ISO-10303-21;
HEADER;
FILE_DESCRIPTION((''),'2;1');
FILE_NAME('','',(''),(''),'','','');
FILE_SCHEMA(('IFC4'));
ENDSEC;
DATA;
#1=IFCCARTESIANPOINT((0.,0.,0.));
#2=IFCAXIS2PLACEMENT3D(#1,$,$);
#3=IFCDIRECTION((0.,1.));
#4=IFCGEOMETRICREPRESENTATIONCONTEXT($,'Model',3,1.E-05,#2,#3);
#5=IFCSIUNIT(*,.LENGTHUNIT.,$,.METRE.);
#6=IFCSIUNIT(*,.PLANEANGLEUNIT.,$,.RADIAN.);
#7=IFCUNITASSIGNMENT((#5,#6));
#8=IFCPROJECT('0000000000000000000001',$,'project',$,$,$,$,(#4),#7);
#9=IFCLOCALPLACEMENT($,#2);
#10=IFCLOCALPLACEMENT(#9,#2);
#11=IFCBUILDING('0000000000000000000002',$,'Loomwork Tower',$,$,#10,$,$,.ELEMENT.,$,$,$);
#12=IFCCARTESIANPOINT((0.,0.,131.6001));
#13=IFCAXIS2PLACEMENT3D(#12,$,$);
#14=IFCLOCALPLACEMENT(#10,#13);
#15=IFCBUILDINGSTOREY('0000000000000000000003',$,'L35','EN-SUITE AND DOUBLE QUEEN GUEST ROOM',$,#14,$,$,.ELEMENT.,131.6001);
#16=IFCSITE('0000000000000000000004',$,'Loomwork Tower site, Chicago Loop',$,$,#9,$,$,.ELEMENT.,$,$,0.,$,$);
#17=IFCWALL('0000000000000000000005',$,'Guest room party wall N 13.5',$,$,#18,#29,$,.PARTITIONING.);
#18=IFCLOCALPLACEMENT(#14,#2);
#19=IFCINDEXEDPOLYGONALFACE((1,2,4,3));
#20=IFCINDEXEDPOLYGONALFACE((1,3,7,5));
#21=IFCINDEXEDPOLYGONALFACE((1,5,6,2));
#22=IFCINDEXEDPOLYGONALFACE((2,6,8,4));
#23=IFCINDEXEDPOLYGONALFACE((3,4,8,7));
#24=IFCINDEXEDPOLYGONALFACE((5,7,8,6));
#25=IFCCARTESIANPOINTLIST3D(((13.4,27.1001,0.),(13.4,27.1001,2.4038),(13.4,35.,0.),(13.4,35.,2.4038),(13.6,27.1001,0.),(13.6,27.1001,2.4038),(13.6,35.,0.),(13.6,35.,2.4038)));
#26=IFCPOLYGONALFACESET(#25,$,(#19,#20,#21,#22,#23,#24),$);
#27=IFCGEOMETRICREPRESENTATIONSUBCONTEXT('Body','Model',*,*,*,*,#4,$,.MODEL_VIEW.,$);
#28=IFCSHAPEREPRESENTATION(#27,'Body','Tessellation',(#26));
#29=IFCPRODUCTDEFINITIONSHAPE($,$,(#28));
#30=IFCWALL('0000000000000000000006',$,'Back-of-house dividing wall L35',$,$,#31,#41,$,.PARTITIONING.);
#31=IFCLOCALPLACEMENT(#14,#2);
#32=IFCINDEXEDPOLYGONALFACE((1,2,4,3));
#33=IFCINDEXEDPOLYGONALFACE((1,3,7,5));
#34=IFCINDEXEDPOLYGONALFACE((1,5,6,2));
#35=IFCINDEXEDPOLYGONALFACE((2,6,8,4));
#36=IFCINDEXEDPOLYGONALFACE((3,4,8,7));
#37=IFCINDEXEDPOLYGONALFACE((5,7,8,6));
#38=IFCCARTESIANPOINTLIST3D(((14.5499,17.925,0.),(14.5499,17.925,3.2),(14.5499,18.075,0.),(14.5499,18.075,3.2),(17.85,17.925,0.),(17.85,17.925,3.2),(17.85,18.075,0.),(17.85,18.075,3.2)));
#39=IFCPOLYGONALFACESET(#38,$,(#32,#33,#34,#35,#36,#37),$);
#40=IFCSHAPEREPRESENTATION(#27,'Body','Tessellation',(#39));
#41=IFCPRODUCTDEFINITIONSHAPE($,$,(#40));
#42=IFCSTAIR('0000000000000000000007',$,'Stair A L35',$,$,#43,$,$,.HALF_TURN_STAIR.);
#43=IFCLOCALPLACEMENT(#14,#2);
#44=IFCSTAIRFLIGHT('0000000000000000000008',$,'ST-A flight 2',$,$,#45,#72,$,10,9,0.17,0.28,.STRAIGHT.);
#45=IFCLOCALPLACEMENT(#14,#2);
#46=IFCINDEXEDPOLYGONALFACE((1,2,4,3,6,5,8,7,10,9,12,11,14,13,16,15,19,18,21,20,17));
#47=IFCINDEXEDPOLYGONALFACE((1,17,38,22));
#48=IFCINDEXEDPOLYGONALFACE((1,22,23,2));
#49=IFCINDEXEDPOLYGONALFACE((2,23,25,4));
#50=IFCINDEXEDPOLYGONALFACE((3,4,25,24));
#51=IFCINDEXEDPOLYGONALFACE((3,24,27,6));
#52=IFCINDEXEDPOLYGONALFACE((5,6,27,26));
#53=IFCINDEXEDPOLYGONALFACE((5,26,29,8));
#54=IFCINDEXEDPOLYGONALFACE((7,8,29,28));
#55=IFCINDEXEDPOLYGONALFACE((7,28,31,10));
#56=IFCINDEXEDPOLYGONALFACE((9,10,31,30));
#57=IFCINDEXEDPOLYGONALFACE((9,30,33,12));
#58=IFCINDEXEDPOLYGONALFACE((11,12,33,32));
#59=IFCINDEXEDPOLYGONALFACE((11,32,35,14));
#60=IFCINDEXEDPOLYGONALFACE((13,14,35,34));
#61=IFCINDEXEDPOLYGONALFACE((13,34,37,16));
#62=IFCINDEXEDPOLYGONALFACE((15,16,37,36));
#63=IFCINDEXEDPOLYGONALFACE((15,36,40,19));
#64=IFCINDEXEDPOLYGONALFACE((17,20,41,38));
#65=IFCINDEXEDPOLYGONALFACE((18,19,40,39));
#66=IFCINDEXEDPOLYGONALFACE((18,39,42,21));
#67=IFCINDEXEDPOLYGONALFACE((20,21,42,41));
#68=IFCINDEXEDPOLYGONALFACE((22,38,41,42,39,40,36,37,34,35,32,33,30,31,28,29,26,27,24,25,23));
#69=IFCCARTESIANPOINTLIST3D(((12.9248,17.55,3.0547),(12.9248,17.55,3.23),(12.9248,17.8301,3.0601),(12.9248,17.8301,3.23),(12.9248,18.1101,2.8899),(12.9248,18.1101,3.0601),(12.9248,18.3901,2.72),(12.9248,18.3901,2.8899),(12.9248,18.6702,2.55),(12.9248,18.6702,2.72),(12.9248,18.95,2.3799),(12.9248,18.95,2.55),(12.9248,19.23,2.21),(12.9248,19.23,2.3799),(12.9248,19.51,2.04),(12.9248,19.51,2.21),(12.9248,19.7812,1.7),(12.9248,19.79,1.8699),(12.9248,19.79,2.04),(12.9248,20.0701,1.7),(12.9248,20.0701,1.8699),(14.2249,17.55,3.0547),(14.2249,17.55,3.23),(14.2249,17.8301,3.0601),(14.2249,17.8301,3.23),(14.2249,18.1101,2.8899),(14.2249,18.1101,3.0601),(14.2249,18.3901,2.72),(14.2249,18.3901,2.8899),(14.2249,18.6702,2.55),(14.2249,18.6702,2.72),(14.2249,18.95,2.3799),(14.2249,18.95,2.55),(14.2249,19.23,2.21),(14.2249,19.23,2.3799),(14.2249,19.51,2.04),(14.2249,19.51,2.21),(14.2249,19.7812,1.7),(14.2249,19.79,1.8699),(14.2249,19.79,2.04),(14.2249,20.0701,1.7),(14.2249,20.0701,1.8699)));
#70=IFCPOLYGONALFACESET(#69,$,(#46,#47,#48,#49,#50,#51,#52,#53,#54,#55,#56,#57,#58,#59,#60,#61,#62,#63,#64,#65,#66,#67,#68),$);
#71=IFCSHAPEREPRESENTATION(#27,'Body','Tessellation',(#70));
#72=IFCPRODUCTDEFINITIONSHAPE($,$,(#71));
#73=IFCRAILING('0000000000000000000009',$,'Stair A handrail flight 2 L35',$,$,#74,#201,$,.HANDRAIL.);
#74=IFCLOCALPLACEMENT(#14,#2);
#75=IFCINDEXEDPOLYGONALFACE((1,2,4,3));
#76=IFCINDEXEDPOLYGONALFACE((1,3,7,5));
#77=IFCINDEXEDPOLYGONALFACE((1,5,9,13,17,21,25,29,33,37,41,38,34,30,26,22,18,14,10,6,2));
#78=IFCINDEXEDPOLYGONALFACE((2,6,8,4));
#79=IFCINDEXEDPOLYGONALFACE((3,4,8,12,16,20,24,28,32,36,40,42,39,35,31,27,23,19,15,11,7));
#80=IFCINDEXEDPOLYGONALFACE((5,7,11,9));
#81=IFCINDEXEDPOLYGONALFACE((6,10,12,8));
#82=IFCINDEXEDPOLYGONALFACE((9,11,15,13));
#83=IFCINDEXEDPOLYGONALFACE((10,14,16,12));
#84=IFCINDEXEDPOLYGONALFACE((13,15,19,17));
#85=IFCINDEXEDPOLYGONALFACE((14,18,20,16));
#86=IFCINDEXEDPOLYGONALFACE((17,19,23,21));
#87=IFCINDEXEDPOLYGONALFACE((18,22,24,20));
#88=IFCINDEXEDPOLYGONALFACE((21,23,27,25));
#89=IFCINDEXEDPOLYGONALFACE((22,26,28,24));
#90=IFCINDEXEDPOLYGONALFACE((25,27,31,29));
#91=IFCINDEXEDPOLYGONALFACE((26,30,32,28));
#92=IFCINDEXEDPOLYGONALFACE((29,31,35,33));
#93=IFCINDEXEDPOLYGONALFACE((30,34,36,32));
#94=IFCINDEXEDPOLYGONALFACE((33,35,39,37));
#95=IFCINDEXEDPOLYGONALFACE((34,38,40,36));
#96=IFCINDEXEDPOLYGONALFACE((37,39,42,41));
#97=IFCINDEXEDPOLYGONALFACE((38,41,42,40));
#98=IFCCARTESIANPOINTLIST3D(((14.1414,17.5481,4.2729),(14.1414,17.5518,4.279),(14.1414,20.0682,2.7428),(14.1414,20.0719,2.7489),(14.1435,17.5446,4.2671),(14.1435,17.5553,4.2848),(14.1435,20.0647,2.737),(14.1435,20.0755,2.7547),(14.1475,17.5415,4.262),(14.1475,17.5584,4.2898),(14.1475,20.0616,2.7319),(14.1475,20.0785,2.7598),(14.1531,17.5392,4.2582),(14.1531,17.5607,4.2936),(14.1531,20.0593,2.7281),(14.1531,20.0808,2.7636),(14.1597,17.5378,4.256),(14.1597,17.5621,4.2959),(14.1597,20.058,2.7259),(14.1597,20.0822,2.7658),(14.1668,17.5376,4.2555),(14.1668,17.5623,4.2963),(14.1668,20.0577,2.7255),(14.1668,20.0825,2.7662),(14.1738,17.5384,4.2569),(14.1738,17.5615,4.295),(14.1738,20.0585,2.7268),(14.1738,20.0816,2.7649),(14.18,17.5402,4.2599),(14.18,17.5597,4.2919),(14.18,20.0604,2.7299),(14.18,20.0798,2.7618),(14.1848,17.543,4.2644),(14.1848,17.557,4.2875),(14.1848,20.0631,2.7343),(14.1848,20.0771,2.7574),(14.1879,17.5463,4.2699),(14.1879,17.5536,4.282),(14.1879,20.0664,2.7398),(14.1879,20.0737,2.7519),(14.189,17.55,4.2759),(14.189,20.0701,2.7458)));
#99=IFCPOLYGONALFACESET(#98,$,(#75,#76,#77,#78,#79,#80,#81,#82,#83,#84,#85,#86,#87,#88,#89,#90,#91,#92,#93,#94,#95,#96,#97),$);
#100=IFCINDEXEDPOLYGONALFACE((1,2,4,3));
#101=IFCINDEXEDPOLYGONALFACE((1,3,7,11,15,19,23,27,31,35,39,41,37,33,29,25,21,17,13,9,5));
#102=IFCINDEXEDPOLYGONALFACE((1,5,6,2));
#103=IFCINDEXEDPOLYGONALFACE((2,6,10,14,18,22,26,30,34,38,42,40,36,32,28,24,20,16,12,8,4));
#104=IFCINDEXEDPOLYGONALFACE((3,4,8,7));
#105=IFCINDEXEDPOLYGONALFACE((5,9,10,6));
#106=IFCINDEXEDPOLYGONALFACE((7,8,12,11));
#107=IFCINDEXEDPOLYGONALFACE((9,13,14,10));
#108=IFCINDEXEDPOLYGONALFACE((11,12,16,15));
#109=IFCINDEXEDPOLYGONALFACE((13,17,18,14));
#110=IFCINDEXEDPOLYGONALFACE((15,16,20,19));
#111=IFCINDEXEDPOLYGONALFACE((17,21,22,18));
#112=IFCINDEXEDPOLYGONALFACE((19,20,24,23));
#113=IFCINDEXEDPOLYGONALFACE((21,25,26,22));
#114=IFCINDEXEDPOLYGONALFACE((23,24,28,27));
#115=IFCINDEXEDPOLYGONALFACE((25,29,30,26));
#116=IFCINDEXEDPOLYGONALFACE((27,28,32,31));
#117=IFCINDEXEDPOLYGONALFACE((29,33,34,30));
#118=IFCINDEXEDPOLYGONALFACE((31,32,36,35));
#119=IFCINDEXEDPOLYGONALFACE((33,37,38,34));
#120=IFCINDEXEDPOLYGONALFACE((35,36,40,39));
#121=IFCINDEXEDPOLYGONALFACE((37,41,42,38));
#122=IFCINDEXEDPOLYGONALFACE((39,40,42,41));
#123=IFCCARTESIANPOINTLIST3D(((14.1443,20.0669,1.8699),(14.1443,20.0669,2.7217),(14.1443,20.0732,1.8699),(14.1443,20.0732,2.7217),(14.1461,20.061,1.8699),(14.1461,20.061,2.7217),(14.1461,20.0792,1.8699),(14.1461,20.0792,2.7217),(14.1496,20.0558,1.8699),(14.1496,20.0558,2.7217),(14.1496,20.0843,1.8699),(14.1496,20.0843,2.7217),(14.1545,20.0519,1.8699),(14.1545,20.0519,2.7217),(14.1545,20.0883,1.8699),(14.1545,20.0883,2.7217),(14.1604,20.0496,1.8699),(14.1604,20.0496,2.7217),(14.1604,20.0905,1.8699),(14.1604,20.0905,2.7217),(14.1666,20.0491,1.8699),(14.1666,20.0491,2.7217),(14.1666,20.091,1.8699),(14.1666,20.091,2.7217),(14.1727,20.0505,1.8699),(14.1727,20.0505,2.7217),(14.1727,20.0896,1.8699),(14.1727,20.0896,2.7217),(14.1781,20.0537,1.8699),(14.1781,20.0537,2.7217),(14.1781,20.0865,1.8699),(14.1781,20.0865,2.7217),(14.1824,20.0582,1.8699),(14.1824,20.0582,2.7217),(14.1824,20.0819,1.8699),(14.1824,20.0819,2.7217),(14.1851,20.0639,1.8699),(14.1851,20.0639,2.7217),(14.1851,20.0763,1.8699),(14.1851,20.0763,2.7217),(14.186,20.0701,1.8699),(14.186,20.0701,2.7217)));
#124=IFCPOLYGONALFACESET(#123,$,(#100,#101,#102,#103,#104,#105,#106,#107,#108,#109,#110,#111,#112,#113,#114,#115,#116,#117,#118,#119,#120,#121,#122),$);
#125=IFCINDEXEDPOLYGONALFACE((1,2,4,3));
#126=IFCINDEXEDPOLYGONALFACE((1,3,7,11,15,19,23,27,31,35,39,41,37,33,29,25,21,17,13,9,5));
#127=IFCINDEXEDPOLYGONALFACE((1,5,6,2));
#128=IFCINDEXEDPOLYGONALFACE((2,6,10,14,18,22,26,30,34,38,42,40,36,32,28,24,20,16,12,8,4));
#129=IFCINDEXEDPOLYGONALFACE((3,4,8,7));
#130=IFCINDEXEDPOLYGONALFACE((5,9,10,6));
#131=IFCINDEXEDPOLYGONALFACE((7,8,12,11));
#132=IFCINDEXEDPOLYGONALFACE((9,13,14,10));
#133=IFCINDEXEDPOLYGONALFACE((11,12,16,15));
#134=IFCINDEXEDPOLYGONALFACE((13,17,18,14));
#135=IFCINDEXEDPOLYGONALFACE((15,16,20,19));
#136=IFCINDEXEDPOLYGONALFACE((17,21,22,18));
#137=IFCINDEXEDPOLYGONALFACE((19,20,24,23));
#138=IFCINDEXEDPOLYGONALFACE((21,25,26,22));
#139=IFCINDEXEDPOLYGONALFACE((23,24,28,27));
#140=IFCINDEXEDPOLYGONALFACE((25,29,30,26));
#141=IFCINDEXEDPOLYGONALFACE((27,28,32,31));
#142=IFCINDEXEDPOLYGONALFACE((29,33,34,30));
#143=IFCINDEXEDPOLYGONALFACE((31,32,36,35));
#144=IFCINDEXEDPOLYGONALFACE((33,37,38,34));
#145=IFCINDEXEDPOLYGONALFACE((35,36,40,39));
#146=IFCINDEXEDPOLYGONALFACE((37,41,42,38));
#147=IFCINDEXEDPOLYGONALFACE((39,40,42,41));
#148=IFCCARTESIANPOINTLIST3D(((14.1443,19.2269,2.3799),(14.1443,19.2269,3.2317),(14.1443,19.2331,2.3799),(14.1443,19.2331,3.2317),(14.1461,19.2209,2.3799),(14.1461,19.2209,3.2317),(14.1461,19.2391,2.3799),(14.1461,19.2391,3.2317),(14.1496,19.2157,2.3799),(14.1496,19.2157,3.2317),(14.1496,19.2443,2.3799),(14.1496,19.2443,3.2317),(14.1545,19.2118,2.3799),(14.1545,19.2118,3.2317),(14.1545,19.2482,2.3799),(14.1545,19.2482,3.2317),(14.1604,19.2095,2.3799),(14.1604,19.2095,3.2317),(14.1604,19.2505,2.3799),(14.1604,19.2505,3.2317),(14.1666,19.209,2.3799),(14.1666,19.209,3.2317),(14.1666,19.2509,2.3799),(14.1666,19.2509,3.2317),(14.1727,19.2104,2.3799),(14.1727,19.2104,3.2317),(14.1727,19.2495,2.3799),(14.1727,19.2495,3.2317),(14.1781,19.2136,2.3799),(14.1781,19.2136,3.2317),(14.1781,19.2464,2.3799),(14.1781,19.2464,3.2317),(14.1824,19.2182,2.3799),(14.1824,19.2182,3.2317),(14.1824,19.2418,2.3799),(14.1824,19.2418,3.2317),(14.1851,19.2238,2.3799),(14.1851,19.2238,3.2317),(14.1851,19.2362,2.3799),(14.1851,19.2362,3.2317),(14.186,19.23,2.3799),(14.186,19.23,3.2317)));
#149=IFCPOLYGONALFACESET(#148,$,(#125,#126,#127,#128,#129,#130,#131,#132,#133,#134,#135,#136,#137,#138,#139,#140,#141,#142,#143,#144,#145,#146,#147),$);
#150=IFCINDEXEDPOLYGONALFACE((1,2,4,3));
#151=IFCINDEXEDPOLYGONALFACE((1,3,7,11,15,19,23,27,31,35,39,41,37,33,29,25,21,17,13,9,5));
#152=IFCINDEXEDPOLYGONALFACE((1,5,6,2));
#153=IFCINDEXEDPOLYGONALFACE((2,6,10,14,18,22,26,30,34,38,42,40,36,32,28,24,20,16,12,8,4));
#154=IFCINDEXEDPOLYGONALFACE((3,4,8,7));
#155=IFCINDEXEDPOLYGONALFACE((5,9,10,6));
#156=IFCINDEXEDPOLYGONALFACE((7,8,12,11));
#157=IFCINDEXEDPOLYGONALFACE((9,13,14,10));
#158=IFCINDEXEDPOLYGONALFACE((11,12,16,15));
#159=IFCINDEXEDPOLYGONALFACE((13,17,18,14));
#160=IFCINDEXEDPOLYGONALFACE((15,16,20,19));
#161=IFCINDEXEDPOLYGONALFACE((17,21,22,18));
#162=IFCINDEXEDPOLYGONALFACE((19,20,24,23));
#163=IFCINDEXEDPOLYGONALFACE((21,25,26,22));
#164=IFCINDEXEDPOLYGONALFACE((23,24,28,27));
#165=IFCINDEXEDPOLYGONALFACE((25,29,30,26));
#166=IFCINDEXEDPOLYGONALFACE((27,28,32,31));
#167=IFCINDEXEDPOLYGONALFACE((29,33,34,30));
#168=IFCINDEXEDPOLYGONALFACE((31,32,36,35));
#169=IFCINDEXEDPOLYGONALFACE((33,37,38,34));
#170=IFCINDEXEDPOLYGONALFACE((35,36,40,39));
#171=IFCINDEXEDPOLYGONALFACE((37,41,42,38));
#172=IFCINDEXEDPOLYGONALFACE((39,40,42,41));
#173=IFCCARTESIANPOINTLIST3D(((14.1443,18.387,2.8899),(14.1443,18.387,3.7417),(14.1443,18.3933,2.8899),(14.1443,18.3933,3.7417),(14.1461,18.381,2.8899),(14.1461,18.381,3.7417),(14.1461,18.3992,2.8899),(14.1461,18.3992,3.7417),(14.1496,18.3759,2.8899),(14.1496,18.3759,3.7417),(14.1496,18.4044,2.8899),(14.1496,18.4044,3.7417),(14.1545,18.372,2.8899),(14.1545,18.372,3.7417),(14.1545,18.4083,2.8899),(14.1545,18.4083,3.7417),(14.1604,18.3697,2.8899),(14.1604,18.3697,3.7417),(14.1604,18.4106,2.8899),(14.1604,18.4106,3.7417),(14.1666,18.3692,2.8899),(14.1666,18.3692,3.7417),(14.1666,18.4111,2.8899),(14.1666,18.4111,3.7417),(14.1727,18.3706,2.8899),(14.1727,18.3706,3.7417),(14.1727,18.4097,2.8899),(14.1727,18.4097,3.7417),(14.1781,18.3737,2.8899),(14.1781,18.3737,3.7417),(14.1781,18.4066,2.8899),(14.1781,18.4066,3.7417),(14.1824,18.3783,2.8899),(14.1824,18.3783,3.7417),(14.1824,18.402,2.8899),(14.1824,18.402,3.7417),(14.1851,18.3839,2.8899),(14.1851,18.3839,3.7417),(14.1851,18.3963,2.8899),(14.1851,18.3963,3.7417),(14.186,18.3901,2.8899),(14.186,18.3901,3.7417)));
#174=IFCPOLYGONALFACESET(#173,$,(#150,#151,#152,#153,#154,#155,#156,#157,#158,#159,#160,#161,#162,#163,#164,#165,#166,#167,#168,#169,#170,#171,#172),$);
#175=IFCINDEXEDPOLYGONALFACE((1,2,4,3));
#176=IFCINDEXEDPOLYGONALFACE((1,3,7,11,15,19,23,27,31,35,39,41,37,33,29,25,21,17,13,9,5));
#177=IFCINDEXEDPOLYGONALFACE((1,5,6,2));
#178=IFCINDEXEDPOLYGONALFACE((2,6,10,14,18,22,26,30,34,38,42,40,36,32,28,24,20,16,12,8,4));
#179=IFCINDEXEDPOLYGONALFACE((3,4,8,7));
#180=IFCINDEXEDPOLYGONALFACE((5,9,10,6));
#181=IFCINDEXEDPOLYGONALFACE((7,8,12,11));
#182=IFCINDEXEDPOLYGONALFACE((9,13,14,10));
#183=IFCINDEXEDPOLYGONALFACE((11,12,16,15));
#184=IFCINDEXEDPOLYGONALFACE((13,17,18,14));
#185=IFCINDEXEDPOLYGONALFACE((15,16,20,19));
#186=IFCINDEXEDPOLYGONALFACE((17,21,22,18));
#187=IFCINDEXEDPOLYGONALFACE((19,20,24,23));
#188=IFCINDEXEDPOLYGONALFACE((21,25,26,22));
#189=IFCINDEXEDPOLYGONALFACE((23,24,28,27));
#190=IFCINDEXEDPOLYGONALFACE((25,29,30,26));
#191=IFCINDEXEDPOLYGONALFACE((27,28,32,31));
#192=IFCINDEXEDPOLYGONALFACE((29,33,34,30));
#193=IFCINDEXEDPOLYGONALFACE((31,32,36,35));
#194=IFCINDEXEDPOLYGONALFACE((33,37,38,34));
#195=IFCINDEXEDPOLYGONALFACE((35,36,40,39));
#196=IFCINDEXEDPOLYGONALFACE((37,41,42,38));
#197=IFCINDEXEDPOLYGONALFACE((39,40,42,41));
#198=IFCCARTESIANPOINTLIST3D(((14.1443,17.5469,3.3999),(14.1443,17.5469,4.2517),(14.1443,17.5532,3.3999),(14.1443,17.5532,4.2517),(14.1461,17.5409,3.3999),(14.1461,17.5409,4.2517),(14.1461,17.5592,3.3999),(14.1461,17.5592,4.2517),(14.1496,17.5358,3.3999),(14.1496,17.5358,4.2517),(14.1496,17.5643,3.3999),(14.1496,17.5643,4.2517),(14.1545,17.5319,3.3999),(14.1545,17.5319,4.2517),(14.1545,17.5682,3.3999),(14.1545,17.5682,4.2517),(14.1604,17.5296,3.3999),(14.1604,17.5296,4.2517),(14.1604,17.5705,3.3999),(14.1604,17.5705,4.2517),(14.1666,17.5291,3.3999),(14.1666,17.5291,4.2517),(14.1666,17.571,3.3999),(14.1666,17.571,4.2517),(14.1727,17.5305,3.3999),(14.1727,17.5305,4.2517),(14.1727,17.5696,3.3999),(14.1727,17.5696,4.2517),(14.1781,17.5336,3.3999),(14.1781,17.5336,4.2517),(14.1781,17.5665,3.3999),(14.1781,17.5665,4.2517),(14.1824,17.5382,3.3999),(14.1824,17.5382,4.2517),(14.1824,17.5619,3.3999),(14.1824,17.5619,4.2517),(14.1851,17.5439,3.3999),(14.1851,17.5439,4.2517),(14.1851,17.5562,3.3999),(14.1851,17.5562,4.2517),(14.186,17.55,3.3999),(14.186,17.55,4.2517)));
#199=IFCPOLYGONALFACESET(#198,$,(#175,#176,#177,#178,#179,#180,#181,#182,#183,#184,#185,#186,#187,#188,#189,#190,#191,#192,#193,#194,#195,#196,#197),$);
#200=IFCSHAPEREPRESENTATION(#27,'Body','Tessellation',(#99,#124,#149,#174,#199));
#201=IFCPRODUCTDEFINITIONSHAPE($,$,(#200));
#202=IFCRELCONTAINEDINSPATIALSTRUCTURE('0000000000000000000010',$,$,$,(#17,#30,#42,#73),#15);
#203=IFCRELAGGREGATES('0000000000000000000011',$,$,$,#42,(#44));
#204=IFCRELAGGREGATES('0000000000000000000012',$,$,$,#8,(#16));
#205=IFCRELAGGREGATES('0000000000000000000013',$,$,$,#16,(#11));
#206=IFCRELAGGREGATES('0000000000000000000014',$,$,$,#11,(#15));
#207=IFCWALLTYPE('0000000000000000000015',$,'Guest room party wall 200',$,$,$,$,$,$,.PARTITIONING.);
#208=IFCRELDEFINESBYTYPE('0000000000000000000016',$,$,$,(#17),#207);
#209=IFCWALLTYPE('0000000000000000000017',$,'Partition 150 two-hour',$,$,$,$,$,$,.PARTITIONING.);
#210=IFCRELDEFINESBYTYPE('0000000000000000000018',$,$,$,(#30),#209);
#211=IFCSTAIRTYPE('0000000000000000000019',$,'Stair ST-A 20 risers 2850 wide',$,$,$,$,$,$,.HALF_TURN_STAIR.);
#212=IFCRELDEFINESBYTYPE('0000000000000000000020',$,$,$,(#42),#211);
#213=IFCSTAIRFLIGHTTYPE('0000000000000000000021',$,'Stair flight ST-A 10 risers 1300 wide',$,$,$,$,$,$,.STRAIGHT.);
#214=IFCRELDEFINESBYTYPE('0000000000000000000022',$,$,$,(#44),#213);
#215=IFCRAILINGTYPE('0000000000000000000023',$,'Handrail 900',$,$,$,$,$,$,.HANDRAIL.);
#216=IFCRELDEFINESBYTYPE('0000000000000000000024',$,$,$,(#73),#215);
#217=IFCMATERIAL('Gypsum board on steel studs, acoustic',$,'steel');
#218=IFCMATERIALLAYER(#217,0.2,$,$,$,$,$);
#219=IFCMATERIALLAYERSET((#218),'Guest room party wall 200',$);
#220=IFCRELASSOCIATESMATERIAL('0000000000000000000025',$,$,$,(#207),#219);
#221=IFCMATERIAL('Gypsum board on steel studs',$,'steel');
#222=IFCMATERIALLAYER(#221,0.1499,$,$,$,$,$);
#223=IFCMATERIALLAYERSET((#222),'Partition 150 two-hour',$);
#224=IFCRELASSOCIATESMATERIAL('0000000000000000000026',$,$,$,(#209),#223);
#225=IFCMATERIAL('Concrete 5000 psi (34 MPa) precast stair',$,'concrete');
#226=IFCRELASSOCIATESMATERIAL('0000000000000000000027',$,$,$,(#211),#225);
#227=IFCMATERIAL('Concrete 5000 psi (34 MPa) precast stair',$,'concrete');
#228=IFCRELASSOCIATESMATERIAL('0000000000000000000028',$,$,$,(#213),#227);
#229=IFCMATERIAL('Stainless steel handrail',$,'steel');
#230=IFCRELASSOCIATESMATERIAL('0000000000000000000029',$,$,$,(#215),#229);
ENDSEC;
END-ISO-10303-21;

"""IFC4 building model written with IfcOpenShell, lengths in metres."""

from ifc_helpers import new_model, si_unit, direction, frame, frame_2d, origin, origin_2d, place, context, subcontext, project, spatial, polyline, rectangle, circle, outline, extrude, material, layer, layer_set, type_object, element, aggregate, save


model = new_model("IFC4")

# Units and contexts
model_context = context("Model", 3, precision=1e-05, world=origin(), true_north=direction((0.0, 1.0)))
body_context = subcontext(model_context, "Body", "Model", "MODEL_VIEW")
ifc_project = project(units=[si_unit("LENGTHUNIT", "METRE"), si_unit("PLANEANGLEUNIT", "RADIAN")], contexts=[model_context])

# Site, building, storey
site_placement = place(None, origin())
site = spatial("IfcSite", under=ifc_project, at=site_placement, Name="Loomwork Tower site, Chicago Loop", CompositionType="ELEMENT", RefElevation=0.0)
building_placement = place(site_placement, origin())
building = spatial("IfcBuilding", under=site, at=building_placement, Name="Loomwork Tower", CompositionType="ELEMENT")
storey_placement = place(building_placement, frame((0.0, 0.0, 131.6001)))
storey = spatial("IfcBuildingStorey", under=building, at=storey_placement, Name="L35", Description="EN-SUITE AND DOUBLE QUEEN GUEST ROOM", CompositionType="ELEMENT", Elevation=131.6001)

# Walls
ifc_material_1 = material(Name="Gypsum board on steel studs, acoustic", Category="steel")
ifc_layer_1 = layer(ifc_material_1, 0.2)
ifc_layer_set_1 = layer_set([ifc_layer_1], Name="Guest room party wall 200")
wall_type_1 = type_object("IfcWallType", Name="Guest room party wall 200", PredefinedType="PARTITIONING", material=ifc_layer_set_1)
wall_1_placement = place(storey_placement, frame((13.5, 27.1001, 0.0), z_axis=(0.0, 0.0, 1.0), x_axis=(0.0, 1.0, 0.0)))
element("IfcWall", 1, at=wall_1_placement, inside=storey, type_object=wall_type_1, Name="Guest room party wall N 13.5", PredefinedType="PARTITIONING", context=body_context, shape_type="SweptSolid", body=[
    extrude(rectangle(XDim=7.8999, YDim=0.2, at=frame_2d((3.95, 0.0))), origin(), (0.0, 0.0, 1.0), 2.4038),
])
ifc_material_2 = material(Name="Gypsum board on steel studs", Category="steel")
ifc_layer_2 = layer(ifc_material_2, 0.1499)
ifc_layer_set_2 = layer_set([ifc_layer_2], Name="Partition 150 two-hour")
wall_type_2 = type_object("IfcWallType", Name="Partition 150 two-hour", PredefinedType="PARTITIONING", material=ifc_layer_set_2)
wall_2_placement = place(storey_placement, frame((14.55, 18.0, 0.0), z_axis=(0.0, 0.0, 1.0), x_axis=(1.0, 0.0, 0.0)))
element("IfcWall", 2, at=wall_2_placement, inside=storey, type_object=wall_type_2, Name="Back-of-house dividing wall L35", PredefinedType="PARTITIONING", context=body_context, shape_type="SweptSolid", body=[
    extrude(rectangle(XDim=3.3, YDim=0.1499, at=frame_2d((1.6499, 0.0))), origin(), (0.0, 0.0, 1.0), 3.2),
])

# Stair, stair flight
ifc_material_3 = material(Name="Concrete 5000 psi (34 MPa) precast stair", Category="concrete")
stair_type = type_object("IfcStairType", Name="Stair ST-A 20 risers 2850 wide", PredefinedType="HALF_TURN_STAIR", material=ifc_material_3)
stair_placement = place(storey_placement, origin())
stair = element("IfcStair", 3, at=stair_placement, inside=storey, type_object=stair_type, Name="Stair A L35", PredefinedType="HALF_TURN_STAIR")
ifc_material_4 = material(Name="Concrete 5000 psi (34 MPa) precast stair", Category="concrete")
stair_flight_type = type_object("IfcStairFlightType", Name="Stair flight ST-A 10 risers 1300 wide", PredefinedType="STRAIGHT", material=ifc_material_4)
stair_flight_placement = place(storey_placement, frame((13.575, 20.0701, 1.7), z_axis=(0.0, 0.0, 1.0), x_axis=(0.0, -1.0, 0.0)))
stair_flight = element("IfcStairFlight", 4, at=stair_flight_placement, type_object=stair_flight_type, Name="ST-A flight 2", NumberOfRisers=10, NumberOfTreads=9, PredefinedType="STRAIGHT", RiserHeight=0.17, TreadLength=0.28, context=body_context, shape_type="SweptSolid", body=[
    extrude(outline(polyline([(0.0, 0.0), (0.0, 0.1699), (0.28, 0.1699), (0.28, 0.3401), (0.5601, 0.3401), (0.5601, 0.51), (0.8401, 0.51), (0.8401, 0.6799), (1.1201, 0.6799), (1.1201, 0.8501), (1.3999, 0.8501), (1.3999, 1.02), (1.6799, 1.02), (1.6799, 1.1899), (1.96, 1.1899), (1.96, 1.3601), (2.24, 1.3601), (2.24, 1.53), (2.52, 1.53), (2.52, 1.7), (2.52, 1.3547), (0.2888, 0.0), (0.0, 0.0)])), frame((0.0, 0.6499, 0.0), z_axis=(0.0, -1.0, 0.0), x_axis=(1.0, 0.0, 0.0)), (0.0, 0.0, 1.0), 1.3),
])
aggregate(stair, [stair_flight])

# Railing
ifc_material_5 = material(Name="Stainless steel handrail", Category="steel")
railing_type = type_object("IfcRailingType", Name="Handrail 900", PredefinedType="HANDRAIL", material=ifc_material_5)
railing_placement = place(storey_placement, frame((14.165, 20.0701, 1.8699)))
element("IfcRailing", 5, at=railing_placement, inside=storey, type_object=railing_type, Name="Stair A handrail flight 2 L35", PredefinedType="HANDRAIL", context=body_context, shape_type="SweptSolid", body=[
    extrude(circle(Radius=0.0239, at=origin_2d()), frame((0.0, 0.0, 0.876), z_axis=(0.0, -0.854785, 0.518982), x_axis=(1.0, 0.0, 0.0)), (0.0, 0.0, 1.0), 2.9482),
    extrude(circle(Radius=0.021, at=origin_2d()), origin(), (0.0, 0.0, 1.0), 0.8518),
    extrude(circle(Radius=0.021, at=origin_2d()), frame((0.0, -0.8401, 0.51)), (0.0, 0.0, 1.0), 0.8518),
    extrude(circle(Radius=0.021, at=origin_2d()), frame((0.0, -1.6799, 1.02)), (0.0, 0.0, 1.0), 0.8518),
    extrude(circle(Radius=0.021, at=origin_2d()), frame((0.0, -2.52, 1.53)), (0.0, 0.0, 1.0), 0.8518),
])

save(model, "model.ifc")
